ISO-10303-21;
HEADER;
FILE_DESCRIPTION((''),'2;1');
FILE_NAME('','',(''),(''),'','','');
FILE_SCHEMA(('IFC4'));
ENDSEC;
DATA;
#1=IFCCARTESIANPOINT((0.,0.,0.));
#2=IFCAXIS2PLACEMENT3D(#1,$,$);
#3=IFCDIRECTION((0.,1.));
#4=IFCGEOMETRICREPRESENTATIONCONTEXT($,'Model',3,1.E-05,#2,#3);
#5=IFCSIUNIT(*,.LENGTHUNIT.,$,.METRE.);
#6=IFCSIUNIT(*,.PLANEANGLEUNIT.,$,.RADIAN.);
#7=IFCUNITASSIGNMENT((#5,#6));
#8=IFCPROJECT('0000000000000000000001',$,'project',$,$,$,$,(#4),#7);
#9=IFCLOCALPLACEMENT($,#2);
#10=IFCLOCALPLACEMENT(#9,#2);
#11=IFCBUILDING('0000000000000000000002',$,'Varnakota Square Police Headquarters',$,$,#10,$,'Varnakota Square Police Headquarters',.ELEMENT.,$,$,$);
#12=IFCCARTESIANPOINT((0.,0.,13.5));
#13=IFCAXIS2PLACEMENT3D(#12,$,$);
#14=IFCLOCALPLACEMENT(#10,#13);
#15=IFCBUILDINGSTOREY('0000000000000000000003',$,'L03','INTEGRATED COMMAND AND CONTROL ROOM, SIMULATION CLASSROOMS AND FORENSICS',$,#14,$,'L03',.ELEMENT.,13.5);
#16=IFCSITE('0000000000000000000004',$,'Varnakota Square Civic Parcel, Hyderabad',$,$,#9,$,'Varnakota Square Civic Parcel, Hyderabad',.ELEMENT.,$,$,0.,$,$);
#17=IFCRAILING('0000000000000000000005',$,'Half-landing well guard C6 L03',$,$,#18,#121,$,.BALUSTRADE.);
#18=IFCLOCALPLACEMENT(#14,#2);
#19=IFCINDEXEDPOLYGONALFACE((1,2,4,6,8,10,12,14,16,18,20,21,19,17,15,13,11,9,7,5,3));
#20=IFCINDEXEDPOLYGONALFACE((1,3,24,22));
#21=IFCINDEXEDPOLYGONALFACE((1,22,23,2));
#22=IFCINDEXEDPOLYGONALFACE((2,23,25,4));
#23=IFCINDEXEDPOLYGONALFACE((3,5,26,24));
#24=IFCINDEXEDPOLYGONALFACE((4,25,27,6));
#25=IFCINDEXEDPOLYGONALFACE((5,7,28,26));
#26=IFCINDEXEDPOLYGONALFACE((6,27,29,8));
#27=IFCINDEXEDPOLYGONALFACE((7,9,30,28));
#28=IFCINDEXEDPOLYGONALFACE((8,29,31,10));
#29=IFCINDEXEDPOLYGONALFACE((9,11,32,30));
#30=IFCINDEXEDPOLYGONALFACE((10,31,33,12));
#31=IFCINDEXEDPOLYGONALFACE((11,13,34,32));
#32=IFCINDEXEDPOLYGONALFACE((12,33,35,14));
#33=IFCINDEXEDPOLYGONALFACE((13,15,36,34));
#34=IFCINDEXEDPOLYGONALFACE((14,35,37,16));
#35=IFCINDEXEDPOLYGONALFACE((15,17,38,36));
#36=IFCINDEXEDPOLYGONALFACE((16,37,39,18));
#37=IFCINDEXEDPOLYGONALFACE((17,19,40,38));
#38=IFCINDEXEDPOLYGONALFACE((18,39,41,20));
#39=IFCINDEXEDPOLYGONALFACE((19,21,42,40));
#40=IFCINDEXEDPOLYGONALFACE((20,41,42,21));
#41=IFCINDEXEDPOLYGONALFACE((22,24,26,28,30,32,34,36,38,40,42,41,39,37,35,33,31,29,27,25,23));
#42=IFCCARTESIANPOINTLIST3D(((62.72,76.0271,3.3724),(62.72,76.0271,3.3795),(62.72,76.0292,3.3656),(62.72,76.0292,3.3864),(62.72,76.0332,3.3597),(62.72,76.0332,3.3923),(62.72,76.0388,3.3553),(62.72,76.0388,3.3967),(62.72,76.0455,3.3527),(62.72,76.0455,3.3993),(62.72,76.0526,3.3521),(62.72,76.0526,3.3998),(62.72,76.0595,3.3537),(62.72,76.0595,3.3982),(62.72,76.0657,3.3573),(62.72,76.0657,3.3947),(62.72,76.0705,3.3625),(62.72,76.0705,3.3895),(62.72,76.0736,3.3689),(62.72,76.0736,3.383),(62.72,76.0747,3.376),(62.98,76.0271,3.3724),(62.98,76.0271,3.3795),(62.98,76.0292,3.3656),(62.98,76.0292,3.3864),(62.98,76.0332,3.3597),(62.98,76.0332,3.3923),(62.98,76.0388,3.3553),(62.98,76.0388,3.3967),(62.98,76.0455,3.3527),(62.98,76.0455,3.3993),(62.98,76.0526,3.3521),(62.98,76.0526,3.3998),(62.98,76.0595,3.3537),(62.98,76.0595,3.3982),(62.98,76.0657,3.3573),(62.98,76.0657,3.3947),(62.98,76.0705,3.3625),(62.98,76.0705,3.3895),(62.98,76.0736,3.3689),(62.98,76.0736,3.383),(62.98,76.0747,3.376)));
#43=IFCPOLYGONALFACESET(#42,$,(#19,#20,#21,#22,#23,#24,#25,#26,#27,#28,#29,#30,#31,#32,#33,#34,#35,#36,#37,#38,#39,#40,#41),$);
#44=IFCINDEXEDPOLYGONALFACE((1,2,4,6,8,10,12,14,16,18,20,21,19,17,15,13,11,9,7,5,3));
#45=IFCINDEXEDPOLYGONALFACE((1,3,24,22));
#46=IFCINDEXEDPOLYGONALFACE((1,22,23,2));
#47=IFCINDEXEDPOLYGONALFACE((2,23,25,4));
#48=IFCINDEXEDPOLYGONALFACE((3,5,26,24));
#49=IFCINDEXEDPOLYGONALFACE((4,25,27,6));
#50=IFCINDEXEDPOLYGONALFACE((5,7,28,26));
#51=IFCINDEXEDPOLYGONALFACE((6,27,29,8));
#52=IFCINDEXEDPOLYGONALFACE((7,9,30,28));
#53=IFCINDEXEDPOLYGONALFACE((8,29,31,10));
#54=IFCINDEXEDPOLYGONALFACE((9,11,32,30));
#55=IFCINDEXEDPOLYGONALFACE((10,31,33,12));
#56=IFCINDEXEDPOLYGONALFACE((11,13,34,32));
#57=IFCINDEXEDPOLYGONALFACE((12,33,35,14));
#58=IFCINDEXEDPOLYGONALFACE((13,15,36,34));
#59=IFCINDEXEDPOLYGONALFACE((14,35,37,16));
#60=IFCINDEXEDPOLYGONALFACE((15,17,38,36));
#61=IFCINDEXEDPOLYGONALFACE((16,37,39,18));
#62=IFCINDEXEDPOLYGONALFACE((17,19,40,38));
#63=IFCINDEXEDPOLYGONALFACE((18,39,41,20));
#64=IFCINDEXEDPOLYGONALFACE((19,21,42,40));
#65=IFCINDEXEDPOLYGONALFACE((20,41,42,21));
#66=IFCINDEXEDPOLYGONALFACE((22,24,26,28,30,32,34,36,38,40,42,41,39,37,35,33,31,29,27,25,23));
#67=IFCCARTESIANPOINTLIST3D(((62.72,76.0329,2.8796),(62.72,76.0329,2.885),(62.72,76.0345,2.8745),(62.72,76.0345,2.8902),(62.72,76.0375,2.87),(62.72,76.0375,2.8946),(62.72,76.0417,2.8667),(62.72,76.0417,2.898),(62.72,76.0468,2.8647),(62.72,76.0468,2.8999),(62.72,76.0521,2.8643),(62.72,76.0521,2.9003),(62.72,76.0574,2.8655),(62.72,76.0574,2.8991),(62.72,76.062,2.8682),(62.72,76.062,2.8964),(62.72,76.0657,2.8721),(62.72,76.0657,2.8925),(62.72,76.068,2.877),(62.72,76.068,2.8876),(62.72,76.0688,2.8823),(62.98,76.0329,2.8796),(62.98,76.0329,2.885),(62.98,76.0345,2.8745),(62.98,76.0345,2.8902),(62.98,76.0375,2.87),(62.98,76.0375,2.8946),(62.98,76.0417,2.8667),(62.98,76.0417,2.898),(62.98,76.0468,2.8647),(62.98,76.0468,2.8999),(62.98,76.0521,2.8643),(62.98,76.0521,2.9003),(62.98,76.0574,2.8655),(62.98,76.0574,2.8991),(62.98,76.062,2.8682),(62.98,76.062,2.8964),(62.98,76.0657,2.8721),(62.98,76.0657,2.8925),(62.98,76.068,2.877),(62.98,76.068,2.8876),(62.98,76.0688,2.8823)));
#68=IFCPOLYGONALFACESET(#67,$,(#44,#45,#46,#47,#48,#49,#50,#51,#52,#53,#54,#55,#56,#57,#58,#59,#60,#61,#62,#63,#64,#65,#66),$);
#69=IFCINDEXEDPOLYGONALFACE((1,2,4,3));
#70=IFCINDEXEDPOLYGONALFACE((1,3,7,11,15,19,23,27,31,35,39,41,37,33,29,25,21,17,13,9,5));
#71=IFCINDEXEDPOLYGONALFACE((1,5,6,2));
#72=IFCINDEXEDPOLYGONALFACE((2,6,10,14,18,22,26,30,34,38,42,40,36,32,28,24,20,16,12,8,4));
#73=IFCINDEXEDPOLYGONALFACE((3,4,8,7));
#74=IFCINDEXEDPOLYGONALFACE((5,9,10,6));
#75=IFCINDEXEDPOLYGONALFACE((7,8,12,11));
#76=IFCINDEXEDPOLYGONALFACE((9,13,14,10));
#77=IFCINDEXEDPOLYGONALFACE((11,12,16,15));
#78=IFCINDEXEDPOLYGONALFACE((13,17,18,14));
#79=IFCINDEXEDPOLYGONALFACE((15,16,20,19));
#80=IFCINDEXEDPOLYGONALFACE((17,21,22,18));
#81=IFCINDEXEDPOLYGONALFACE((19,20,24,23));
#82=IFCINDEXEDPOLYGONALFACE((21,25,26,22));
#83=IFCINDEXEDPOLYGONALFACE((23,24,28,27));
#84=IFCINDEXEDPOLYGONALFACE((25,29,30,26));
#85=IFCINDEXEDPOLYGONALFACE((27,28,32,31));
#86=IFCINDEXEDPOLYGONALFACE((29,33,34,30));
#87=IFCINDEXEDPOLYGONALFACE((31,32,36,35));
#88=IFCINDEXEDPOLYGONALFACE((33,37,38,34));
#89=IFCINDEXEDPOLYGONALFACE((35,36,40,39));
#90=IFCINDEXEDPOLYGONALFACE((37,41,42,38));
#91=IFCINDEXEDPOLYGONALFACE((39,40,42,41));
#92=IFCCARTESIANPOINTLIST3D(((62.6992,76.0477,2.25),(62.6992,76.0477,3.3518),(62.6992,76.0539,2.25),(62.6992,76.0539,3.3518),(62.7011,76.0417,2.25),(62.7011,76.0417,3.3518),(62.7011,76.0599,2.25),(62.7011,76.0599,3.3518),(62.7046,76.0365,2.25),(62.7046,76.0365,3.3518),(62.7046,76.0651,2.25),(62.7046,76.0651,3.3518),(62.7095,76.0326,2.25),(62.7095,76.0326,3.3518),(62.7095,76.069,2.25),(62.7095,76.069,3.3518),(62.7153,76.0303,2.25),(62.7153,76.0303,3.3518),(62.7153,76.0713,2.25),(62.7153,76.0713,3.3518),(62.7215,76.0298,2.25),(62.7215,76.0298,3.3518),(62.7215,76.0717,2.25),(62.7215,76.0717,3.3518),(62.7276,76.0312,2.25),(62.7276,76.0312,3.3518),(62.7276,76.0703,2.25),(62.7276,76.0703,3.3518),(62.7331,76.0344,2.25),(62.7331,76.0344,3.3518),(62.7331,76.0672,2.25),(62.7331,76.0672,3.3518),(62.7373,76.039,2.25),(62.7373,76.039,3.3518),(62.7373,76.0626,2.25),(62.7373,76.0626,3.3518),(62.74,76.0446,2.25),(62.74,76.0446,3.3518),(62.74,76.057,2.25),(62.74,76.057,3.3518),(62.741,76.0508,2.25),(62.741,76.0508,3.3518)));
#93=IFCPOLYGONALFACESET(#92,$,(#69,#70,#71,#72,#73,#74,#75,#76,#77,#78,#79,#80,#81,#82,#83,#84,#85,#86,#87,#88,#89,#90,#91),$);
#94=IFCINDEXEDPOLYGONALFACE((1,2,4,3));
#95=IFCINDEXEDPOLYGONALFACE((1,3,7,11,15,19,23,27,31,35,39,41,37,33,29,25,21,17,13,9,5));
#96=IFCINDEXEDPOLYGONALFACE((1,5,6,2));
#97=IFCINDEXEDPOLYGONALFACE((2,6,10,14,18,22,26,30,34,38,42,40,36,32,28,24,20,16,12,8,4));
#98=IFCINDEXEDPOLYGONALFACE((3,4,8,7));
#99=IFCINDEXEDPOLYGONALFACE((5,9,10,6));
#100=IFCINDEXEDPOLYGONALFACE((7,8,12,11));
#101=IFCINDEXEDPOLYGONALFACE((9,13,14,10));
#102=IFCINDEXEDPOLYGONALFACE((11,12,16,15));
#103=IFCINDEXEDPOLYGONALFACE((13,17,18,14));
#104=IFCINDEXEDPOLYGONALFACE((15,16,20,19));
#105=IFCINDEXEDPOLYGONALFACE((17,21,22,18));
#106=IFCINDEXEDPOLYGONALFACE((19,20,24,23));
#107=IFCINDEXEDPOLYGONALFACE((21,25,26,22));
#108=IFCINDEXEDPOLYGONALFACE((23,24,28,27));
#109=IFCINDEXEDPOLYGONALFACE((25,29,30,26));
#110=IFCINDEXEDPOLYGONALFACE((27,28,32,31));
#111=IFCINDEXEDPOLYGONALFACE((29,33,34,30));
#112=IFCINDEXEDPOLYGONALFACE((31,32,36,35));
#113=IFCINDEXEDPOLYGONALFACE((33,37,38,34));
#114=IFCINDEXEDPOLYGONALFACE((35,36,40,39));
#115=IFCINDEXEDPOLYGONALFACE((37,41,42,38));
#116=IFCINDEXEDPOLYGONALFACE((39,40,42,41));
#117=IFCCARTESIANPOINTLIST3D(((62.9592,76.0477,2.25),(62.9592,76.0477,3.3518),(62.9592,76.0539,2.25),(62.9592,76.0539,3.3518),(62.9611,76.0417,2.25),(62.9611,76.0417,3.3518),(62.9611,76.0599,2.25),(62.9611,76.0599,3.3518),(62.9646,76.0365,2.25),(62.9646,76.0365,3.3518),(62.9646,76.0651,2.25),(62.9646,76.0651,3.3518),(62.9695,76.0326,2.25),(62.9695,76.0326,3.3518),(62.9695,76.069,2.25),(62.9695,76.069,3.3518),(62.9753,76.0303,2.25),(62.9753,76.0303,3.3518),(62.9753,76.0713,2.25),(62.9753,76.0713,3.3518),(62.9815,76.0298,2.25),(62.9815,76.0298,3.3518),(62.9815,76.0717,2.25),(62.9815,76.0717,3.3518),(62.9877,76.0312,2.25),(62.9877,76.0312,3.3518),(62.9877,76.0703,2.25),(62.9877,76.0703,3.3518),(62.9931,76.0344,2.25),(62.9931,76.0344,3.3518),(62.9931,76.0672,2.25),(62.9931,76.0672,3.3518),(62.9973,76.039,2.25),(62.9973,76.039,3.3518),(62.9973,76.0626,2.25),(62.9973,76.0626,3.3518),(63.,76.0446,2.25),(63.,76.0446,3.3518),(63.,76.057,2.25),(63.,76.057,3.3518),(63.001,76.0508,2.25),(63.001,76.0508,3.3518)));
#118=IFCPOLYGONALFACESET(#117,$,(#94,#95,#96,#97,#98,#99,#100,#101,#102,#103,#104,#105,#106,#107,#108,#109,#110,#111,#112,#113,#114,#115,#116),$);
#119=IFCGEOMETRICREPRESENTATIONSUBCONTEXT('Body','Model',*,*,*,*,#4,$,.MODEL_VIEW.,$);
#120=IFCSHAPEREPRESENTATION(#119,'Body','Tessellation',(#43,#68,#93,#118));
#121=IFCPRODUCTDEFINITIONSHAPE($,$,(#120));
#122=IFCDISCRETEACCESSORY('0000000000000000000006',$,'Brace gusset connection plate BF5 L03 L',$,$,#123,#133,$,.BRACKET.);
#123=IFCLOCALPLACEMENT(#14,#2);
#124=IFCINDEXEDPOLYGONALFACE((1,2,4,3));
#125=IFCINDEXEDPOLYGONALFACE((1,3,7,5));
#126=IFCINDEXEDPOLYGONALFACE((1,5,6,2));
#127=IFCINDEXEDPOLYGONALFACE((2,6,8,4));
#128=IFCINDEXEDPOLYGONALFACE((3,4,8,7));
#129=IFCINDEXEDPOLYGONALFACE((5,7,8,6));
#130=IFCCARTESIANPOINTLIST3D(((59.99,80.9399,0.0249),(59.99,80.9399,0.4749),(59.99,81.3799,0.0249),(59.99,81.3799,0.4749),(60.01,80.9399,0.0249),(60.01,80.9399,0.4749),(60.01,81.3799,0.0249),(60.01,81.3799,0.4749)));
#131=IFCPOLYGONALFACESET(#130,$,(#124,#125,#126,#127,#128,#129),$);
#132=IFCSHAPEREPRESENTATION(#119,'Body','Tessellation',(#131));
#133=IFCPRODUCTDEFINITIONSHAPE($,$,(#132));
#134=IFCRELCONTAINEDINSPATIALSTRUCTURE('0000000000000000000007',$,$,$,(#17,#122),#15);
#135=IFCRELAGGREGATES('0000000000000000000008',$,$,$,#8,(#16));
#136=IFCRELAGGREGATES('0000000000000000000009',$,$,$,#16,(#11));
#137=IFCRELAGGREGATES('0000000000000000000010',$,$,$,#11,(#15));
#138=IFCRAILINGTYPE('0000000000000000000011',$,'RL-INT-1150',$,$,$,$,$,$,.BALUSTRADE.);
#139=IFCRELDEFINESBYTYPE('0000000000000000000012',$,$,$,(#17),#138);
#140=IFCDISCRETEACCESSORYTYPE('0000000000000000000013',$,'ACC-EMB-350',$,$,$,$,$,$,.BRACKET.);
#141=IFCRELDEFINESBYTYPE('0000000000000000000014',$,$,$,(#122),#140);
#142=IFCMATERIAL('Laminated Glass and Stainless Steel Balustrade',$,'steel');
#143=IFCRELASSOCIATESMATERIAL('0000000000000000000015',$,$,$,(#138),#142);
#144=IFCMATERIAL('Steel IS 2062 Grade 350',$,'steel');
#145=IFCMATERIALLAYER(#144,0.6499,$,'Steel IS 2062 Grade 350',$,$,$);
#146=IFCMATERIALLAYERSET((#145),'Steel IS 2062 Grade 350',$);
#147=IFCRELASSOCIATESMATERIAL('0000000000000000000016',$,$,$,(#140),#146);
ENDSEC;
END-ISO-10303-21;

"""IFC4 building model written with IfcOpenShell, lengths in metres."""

from ifc_helpers import new_model, si_unit, direction, frame, origin, origin_2d, place, context, subcontext, project, spatial, rectangle, circle, extrude, material, layer, layer_set, type_object, element, save


model = new_model("IFC4")

# Units and contexts
model_context = context("Model", 3, precision=1e-05, world=origin(), true_north=direction((0.0, 1.0)))
body_context = subcontext(model_context, "Body", "Model", "MODEL_VIEW")
ifc_project = project(units=[si_unit("LENGTHUNIT", "METRE"), si_unit("PLANEANGLEUNIT", "RADIAN")], contexts=[model_context])

# Site, building, storey
site_placement = place(None, origin())
site = spatial("IfcSite", under=ifc_project, at=site_placement, Name="Varnakota Square Civic Parcel, Hyderabad", LongName="Varnakota Square Civic Parcel, Hyderabad", CompositionType="ELEMENT", RefElevation=0.0)
building_placement = place(site_placement, origin())
building = spatial("IfcBuilding", under=site, at=building_placement, Name="Varnakota Square Police Headquarters", LongName="Varnakota Square Police Headquarters", CompositionType="ELEMENT")
storey_placement = place(building_placement, frame((0.0, 0.0, 13.5)))
storey = spatial("IfcBuildingStorey", under=building, at=storey_placement, Name="L03", Description="INTEGRATED COMMAND AND CONTROL ROOM, SIMULATION CLASSROOMS AND FORENSICS", LongName="L03", CompositionType="ELEMENT", Elevation=13.5)

# Shared definitions
ifc_material_1 = material(Name="Steel IS 2062 Grade 350", Category="steel")

# Railing
ifc_material_2 = material(Name="Laminated Glass and Stainless Steel Balustrade", Category="steel")
railing_type_1 = type_object("IfcRailingType", Name="RL-INT-1150", PredefinedType="BALUSTRADE", material=ifc_material_2)
railing_1_placement = place(storey_placement, frame((62.72, 76.0508, 2.25)))
element("IfcRailing", 1, at=railing_1_placement, inside=storey, type_object=railing_type_1, Name="Half-landing well guard C6 L03", PredefinedType="BALUSTRADE", context=body_context, shape_type="SweptSolid", body=[
    extrude(circle(Radius=0.0239, at=origin_2d()), frame((0.0, 0.0, 1.126), z_axis=(1.0, 0.0, 0.0), x_axis=(0.0, 1.0, 0.0)), (0.0, 0.0, 1.0), 0.26),
    extrude(circle(Radius=0.0181, at=origin_2d()), frame((0.0, 0.0, 0.6323), z_axis=(1.0, 0.0, 0.0), x_axis=(0.0, 1.0, 0.0)), (0.0, 0.0, 1.0), 0.26),
    extrude(circle(Radius=0.021, at=origin_2d()), origin(), (0.0, 0.0, 1.0), 1.1018),
    extrude(circle(Radius=0.021, at=origin_2d()), frame((0.26, 0.0, 0.0)), (0.0, 0.0, 1.0), 1.1018),
])

# Discrete accessory
ifc_layer_1 = layer(ifc_material_1, 0.6499, Name="Steel IS 2062 Grade 350")
ifc_layer_set_1 = layer_set([ifc_layer_1], Name="Steel IS 2062 Grade 350")
discrete_accessory_type = type_object("IfcDiscreteAccessoryType", Name="ACC-EMB-350", PredefinedType="BRACKET", material=ifc_layer_set_1)
discrete_accessory_placement = place(storey_placement, frame((60.0, 81.1599, 0.0249), z_axis=(0.0, 0.0, 1.0), x_axis=(0.0, 1.0, 0.0)))
element("IfcDiscreteAccessory", 2, at=discrete_accessory_placement, inside=storey, type_object=discrete_accessory_type, Name="Brace gusset connection plate BF5 L03 L", PredefinedType="BRACKET", context=body_context, shape_type="SweptSolid", body=[
    extrude(rectangle(XDim=0.4399, YDim=0.02, at=origin_2d()), origin(), (0.0, 0.0, 1.0), 0.45),
])

save(model, "model.ifc")
